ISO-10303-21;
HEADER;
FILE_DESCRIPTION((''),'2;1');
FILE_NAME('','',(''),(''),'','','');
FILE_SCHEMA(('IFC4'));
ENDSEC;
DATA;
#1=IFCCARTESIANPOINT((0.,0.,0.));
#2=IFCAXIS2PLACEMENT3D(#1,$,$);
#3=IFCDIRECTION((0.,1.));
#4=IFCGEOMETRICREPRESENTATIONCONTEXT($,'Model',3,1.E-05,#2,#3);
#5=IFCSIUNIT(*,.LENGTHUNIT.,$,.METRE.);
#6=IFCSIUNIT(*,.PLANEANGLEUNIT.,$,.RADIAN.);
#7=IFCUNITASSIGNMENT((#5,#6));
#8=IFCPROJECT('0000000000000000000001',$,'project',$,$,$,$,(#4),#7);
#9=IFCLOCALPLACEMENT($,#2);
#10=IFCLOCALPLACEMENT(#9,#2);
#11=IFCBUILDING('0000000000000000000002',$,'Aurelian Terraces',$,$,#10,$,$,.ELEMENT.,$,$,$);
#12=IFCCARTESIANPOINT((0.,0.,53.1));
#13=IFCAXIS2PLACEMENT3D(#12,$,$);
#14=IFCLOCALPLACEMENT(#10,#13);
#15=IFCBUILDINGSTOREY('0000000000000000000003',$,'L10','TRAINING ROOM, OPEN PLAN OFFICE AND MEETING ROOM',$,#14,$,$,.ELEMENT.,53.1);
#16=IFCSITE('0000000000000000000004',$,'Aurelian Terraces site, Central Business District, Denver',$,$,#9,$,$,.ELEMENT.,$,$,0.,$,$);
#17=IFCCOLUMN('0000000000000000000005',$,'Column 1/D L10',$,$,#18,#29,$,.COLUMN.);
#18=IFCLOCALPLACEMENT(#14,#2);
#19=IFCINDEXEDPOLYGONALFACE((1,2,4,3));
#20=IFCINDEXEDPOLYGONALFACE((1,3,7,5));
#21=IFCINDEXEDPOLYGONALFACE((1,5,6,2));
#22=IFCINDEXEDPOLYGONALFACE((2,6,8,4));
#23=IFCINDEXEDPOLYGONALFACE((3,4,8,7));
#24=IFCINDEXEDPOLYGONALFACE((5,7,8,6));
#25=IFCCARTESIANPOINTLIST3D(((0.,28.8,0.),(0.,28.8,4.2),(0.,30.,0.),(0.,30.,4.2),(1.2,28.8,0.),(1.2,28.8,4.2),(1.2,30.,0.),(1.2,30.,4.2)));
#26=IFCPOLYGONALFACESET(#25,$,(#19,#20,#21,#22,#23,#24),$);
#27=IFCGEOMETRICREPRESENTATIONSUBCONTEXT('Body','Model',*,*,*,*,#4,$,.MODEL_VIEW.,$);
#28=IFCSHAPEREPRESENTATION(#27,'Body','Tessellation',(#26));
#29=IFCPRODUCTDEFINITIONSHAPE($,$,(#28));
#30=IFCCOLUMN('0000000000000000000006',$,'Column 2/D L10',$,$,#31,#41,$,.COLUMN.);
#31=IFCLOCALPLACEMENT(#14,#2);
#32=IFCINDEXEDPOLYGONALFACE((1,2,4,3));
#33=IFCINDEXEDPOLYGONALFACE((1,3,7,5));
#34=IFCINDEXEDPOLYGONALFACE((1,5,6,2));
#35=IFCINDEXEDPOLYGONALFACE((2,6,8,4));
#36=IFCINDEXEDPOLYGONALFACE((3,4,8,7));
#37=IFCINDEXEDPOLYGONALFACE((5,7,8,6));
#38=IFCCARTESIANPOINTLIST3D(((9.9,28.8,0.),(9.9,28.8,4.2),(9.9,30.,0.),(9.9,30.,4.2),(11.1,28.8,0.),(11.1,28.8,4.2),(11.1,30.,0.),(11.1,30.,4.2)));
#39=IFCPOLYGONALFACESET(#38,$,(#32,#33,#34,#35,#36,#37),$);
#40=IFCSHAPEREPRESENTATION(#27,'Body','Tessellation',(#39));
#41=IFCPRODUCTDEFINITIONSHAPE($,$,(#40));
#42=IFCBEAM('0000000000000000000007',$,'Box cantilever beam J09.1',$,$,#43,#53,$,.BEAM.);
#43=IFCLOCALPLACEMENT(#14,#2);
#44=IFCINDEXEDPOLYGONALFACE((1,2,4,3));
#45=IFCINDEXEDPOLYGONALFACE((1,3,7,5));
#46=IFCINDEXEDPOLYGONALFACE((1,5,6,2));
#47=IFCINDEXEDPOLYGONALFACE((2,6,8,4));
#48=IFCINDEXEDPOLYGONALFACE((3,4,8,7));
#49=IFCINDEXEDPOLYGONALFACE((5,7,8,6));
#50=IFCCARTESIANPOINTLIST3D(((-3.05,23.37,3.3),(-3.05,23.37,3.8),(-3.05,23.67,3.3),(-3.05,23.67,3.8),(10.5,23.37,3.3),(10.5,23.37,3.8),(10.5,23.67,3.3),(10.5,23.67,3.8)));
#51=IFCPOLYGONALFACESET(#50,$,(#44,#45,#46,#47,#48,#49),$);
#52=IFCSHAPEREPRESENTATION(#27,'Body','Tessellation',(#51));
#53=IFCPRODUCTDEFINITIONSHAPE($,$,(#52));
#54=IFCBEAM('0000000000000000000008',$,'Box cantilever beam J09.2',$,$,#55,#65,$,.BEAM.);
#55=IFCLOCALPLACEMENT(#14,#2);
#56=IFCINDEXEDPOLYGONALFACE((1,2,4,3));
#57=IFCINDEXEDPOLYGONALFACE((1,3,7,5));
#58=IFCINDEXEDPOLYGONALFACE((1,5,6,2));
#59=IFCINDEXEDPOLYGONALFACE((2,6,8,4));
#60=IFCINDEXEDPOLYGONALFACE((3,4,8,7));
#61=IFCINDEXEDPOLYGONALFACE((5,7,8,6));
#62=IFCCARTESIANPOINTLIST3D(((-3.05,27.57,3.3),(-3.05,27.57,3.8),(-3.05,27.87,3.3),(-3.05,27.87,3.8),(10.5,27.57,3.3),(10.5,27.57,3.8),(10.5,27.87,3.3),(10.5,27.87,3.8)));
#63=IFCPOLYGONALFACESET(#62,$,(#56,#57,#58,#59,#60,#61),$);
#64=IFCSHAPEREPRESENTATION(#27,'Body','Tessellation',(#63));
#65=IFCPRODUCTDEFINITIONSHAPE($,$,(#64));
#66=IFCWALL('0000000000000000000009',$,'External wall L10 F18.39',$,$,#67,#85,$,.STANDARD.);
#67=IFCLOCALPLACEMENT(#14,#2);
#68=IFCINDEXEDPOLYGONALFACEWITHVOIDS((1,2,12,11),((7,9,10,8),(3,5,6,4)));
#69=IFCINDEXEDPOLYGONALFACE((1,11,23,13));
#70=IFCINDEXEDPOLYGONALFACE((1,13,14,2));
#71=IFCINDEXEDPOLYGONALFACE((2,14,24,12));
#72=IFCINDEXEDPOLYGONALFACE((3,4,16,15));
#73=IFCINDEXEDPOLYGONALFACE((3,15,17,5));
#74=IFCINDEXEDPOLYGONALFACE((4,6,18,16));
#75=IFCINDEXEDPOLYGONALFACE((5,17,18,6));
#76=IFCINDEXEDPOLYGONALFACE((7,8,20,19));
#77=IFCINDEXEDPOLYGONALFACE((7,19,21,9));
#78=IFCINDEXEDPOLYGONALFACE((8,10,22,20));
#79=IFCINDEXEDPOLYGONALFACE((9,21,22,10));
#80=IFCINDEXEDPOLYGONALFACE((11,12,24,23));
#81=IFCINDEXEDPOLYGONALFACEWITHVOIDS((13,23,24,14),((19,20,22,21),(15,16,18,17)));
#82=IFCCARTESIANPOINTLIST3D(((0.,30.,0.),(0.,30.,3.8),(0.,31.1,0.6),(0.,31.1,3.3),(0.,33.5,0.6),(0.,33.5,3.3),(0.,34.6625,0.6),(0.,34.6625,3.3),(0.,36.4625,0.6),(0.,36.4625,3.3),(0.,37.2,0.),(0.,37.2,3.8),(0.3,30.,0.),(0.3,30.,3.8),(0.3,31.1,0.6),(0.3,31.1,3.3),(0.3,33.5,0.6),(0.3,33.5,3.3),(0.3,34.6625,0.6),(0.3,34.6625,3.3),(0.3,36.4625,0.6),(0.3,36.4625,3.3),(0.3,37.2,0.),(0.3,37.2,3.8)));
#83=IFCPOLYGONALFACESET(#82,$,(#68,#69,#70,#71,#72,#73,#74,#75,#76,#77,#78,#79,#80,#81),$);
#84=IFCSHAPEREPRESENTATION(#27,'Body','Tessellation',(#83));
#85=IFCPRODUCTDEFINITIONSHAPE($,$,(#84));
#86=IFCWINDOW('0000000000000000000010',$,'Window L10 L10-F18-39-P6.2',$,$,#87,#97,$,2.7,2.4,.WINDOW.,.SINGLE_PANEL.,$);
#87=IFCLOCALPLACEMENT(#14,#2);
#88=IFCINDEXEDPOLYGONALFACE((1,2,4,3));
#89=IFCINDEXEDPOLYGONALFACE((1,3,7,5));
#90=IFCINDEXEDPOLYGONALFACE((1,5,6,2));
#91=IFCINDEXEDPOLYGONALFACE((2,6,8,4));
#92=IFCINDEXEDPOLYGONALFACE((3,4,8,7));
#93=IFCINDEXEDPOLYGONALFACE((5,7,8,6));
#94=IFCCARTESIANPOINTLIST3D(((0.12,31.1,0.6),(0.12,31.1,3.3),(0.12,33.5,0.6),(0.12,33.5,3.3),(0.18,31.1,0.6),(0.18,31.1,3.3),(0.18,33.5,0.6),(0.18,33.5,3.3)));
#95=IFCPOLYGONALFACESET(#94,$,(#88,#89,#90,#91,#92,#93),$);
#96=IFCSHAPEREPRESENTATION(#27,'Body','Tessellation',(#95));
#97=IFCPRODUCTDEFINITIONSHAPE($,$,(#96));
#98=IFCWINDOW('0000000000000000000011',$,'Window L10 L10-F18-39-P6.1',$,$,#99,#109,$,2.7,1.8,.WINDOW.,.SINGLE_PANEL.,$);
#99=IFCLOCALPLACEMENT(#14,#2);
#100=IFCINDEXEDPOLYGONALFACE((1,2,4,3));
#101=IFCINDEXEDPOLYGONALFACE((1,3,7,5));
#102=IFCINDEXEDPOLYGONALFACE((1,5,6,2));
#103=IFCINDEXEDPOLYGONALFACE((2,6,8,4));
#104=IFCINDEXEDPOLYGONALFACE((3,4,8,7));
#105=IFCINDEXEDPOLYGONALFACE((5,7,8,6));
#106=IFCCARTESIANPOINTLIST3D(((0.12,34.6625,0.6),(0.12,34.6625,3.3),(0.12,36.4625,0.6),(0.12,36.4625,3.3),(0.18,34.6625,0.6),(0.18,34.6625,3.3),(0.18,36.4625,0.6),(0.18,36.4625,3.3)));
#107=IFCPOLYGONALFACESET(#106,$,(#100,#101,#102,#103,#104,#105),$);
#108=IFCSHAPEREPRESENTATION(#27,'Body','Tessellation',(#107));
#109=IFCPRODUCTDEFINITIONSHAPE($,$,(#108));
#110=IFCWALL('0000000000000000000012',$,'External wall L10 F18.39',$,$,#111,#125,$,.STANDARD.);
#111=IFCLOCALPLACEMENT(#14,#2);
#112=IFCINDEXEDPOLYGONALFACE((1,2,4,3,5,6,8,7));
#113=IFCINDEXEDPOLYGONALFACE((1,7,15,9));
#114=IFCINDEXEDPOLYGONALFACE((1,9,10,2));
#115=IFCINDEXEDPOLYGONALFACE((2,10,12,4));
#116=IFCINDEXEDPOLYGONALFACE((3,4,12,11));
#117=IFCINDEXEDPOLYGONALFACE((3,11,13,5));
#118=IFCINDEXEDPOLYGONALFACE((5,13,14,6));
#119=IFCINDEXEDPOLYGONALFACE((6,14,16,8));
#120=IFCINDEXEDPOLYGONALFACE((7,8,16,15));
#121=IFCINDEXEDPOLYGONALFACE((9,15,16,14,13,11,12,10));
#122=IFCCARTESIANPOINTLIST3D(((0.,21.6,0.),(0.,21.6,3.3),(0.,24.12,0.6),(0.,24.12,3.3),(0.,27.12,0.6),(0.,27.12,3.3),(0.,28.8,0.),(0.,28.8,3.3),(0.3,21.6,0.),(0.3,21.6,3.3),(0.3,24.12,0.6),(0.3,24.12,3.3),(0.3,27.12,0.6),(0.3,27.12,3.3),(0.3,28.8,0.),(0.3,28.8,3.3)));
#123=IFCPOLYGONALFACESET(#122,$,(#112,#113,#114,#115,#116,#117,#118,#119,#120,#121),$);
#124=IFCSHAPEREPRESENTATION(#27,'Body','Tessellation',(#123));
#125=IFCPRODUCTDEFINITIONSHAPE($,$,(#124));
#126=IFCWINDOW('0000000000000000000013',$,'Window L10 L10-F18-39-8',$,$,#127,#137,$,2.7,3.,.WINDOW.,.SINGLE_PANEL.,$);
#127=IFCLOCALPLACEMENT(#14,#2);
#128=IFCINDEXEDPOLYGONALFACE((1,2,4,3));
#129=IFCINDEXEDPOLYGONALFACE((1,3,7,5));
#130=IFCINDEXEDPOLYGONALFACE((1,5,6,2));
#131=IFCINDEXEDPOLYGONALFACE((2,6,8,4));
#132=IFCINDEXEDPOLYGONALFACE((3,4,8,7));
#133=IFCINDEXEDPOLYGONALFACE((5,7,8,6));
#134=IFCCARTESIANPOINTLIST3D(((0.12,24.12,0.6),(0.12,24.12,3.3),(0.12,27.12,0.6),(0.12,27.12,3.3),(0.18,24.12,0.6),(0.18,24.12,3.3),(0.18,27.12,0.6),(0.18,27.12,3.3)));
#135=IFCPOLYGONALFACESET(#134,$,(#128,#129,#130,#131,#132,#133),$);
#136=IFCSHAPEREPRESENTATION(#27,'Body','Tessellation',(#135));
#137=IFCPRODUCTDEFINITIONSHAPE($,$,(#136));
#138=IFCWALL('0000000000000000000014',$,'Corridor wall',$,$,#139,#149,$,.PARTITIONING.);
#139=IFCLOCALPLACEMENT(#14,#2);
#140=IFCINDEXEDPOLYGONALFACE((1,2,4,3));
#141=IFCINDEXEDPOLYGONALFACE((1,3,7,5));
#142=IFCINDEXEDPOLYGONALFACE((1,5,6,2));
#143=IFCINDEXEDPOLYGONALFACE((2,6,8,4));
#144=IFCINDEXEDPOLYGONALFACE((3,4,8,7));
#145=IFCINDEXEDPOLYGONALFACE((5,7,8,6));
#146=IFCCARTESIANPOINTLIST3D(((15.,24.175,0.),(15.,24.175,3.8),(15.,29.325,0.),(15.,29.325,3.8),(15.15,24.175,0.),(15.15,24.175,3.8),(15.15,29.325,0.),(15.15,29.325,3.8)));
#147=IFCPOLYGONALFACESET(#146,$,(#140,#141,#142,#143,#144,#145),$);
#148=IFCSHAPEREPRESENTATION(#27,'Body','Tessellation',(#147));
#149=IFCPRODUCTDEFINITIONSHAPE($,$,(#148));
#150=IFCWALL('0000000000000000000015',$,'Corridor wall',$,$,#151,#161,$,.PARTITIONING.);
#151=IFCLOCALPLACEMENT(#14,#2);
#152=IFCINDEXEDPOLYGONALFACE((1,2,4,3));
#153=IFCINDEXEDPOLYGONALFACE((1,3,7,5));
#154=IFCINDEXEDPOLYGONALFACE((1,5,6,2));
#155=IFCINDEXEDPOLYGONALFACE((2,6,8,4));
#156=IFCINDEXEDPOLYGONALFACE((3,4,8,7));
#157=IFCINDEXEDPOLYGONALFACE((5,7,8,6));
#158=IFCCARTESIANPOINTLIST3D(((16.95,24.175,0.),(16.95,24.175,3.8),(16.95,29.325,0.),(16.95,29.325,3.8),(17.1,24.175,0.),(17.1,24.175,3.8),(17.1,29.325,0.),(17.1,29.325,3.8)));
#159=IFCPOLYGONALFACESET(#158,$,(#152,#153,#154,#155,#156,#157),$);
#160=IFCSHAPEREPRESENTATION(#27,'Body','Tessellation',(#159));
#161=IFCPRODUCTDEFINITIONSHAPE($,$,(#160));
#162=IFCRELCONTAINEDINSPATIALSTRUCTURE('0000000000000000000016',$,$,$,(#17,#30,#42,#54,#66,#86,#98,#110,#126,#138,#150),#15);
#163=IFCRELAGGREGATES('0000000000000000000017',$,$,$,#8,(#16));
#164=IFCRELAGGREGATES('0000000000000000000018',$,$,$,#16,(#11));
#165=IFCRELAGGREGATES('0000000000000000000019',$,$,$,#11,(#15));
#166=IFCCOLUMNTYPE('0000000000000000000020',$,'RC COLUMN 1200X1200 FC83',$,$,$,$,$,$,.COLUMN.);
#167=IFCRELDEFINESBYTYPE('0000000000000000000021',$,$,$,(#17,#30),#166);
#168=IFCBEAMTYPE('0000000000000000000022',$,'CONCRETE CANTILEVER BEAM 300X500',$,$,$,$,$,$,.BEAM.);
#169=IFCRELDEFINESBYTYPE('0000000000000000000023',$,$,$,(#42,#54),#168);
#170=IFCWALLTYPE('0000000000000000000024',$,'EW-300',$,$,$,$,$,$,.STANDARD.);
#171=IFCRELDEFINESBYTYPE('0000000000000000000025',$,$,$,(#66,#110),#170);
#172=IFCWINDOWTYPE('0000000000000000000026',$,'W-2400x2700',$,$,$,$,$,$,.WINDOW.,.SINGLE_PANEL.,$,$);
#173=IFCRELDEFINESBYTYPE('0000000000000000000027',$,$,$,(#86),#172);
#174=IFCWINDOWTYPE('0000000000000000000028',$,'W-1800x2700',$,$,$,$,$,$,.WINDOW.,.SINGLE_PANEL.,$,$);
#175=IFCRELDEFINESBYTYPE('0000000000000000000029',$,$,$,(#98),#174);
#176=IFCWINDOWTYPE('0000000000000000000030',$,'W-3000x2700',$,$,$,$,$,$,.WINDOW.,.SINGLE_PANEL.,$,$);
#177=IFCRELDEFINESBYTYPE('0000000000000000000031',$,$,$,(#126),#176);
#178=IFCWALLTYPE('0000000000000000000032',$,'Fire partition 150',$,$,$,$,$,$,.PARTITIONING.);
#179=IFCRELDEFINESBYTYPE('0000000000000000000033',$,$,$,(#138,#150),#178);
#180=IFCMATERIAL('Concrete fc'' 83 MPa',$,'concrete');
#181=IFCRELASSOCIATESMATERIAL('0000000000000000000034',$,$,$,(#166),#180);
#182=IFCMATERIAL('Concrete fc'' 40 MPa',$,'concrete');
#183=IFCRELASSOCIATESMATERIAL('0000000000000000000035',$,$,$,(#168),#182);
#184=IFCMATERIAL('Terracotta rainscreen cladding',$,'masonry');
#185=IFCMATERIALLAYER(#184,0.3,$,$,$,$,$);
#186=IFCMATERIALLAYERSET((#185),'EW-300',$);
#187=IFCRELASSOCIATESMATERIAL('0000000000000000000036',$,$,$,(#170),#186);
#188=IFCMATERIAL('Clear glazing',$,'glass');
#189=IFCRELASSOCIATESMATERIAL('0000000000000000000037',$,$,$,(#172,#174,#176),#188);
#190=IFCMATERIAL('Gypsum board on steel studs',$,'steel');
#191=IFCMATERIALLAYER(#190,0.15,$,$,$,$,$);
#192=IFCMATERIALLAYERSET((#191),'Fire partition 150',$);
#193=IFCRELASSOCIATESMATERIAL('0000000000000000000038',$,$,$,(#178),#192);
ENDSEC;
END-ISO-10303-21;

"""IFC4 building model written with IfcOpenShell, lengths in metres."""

from ifc_helpers import new_model, si_unit, direction, frame, frame_2d, origin, origin_2d, place, context, subcontext, project, spatial, rectangle, extrude, source, transform, mapped, material, layer, layer_set, material_profile, profile_set, type_object, element, fill, save


model = new_model("IFC4")

# Units and contexts
model_context = context("Model", 3, precision=1e-05, world=origin(), true_north=direction((0.0, 1.0)))
body_context = subcontext(model_context, "Body", "Model", "MODEL_VIEW")
ifc_project = project(units=[si_unit("LENGTHUNIT", "METRE"), si_unit("PLANEANGLEUNIT", "RADIAN")], contexts=[model_context])

# Site, building, storey
site_placement = place(None, origin())
site = spatial("IfcSite", under=ifc_project, at=site_placement, Name="Aurelian Terraces site, Central Business District, Denver", CompositionType="ELEMENT", RefElevation=0.0)
building_placement = place(site_placement, origin())
building = spatial("IfcBuilding", under=site, at=building_placement, Name="Aurelian Terraces", CompositionType="ELEMENT")
storey_placement = place(building_placement, frame((0.0, 0.0, 53.1)))
storey = spatial("IfcBuildingStorey", under=building, at=storey_placement, Name="L10", Description="TRAINING ROOM, OPEN PLAN OFFICE AND MEETING ROOM", CompositionType="ELEMENT", Elevation=53.1)

# Columns
ifc_material_1 = material(Name="Concrete fc' 83 MPa", Category="concrete")
ifc_material_profile_1 = material_profile(ifc_material_1, rectangle(XDim=1.2, YDim=1.2, at=origin_2d()))
ifc_profile_set_1 = profile_set([ifc_material_profile_1], Name="Concrete fc' 83 MPa")
column_type = type_object("IfcColumnType", Name="RC COLUMN 1200X1200 FC83", PredefinedType="COLUMN", material=ifc_profile_set_1)
shared_shape_1 = source(origin(), body_context, "Body", "SweptSolid", [
    extrude(rectangle(XDim=1.2, YDim=1.2, at=origin_2d()), origin(), (0.0, 0.0, 1.0), 4.2),
])
for number, where, z_axis, x_axis, name in (
    (1, (0.6, 29.4, 0.0), (0.0, 0.0, 1.0), (1.0, 0.0, 0.0), "Column 1/D L10"),
    (2, (10.5, 29.4, 0.0), (0.0, 0.0, 1.0), (1.0, 0.0, 0.0), "Column 2/D L10"),
):
    element("IfcColumn", number, at=place(storey_placement, frame(where, z_axis=z_axis, x_axis=x_axis)), inside=storey, type_object=column_type, Name=name, PredefinedType="COLUMN", context=body_context, shape_type="MappedRepresentation", body=[
        mapped(shared_shape_1, transform((0.0, 0.0, 0.0), scale=1.0)),
    ])

# Beams
ifc_material_2 = material(Name="Concrete fc' 40 MPa", Category="concrete")
ifc_material_profile_2 = material_profile(ifc_material_2, rectangle(XDim=0.3, YDim=0.5, at=origin_2d()))
ifc_profile_set_2 = profile_set([ifc_material_profile_2], Name="Concrete fc' 40 MPa")
beam_type = type_object("IfcBeamType", Name="CONCRETE CANTILEVER BEAM 300X500", PredefinedType="BEAM", material=ifc_profile_set_2)
shared_shape_2 = source(origin(), body_context, "Body", "SweptSolid", [
    extrude(rectangle(XDim=0.3, YDim=0.5, at=origin_2d()), origin(), (0.0, 0.0, 1.0), 13.55),
])
for number, where, z_axis, x_axis, name in (
    (3, (-3.05, 23.52, 3.55), (1.0, 0.0, 0.0), (0.0, 1.0, 0.0), "Box cantilever beam J09.1"),
    (4, (-3.05, 27.72, 3.55), (1.0, 0.0, 0.0), (0.0, 1.0, 0.0), "Box cantilever beam J09.2"),
):
    element("IfcBeam", number, at=place(storey_placement, frame(where, z_axis=z_axis, x_axis=x_axis)), inside=storey, type_object=beam_type, Name=name, PredefinedType="BEAM", context=body_context, shape_type="MappedRepresentation", body=[
        mapped(shared_shape_2, transform((0.0, 0.0, 0.0), scale=1.0)),
    ])

# Wall, openings, windows
ifc_material_3 = material(Name="Terracotta rainscreen cladding", Category="masonry")
ifc_layer_1 = layer(ifc_material_3, 0.3)
ifc_layer_set_1 = layer_set([ifc_layer_1], Name="EW-300")
wall_type_1 = type_object("IfcWallType", Name="EW-300", PredefinedType="STANDARD", material=ifc_layer_set_1)
shared_shape_3 = source(origin(), body_context, "Body", "SweptSolid", [
    extrude(rectangle(XDim=7.2, YDim=0.3, at=frame_2d((3.6, 0.0))), origin(), (0.0, 0.0, 1.0), 3.8),
])
wall_1_placement = place(storey_placement, frame((0.15, 37.2, 0.0), z_axis=(0.0, 0.0, 1.0), x_axis=(0.0, -1.0, 0.0)))
wall_1 = element("IfcWall", 5, at=wall_1_placement, inside=storey, type_object=wall_type_1, Name="External wall L10 F18.39", PredefinedType="STANDARD", context=body_context, shape_type="MappedRepresentation", body=[
    mapped(shared_shape_3, transform((0.0, 0.0, 0.0), scale=1.0)),
])
shared_shape_4 = source(origin(), body_context, "Body", "SweptSolid", [
    extrude(rectangle(XDim=1.8, YDim=2.7, at=frame_2d((0.9, 1.35))), frame((0.0, 0.16, 0.0), z_axis=(0.0, -1.0, 0.0), x_axis=(1.0, 0.0, 0.0)), (0.0, 0.0, 1.0), 0.32),
])
opening_1_placement = place(wall_1_placement, frame((0.7375, 0.0, 0.6)))
opening_1 = element("IfcOpeningElement", 6, at=opening_1_placement, cuts=wall_1, PredefinedType="OPENING", context=body_context, shape_type="MappedRepresentation", body=[
    mapped(shared_shape_4, transform((0.0, 0.0, 0.0), scale=1.0)),
])
shared_shape_5 = source(origin(), body_context, "Body", "SweptSolid", [
    extrude(rectangle(XDim=2.4, YDim=2.7, at=frame_2d((1.2, 1.35))), frame((0.0, 0.16, 0.0), z_axis=(0.0, -1.0, 0.0), x_axis=(1.0, 0.0, 0.0)), (0.0, 0.0, 1.0), 0.32),
])
opening_2_placement = place(wall_1_placement, frame((3.7, 0.0, 0.6)))
opening_2 = element("IfcOpeningElement", 7, at=opening_2_placement, cuts=wall_1, PredefinedType="OPENING", context=body_context, shape_type="MappedRepresentation", body=[
    mapped(shared_shape_5, transform((0.0, 0.0, 0.0), scale=1.0)),
])
ifc_material_4 = material(Name="Clear glazing", Category="glass")
window_type_1 = type_object("IfcWindowType", Name="W-2400x2700", PartitioningType="SINGLE_PANEL", PredefinedType="WINDOW", material=ifc_material_4)
shared_shape_6 = source(origin(), body_context, "Body", "SweptSolid", [
    extrude(rectangle(XDim=2.4, YDim=2.7, at=frame_2d((1.2, 1.35))), frame((0.0, 0.03, 0.0), z_axis=(0.0, -1.0, 0.0), x_axis=(1.0, 0.0, 0.0)), (0.0, 0.0, 1.0), 0.06),
])
window_1_placement = place(opening_2_placement, origin())
window_1 = element("IfcWindow", 8, at=window_1_placement, inside=storey, type_object=window_type_1, Name="Window L10 L10-F18-39-P6.2", OverallHeight=2.7, OverallWidth=2.4, PartitioningType="SINGLE_PANEL", PredefinedType="WINDOW", context=body_context, shape_type="MappedRepresentation", body=[
    mapped(shared_shape_6, transform((0.0, 0.0, 0.0), scale=1.0)),
])
fill(opening_2, window_1)
window_type_2 = type_object("IfcWindowType", Name="W-1800x2700", PartitioningType="SINGLE_PANEL", PredefinedType="WINDOW", material=ifc_material_4)
shared_shape_7 = source(origin(), body_context, "Body", "SweptSolid", [
    extrude(rectangle(XDim=1.8, YDim=2.7, at=frame_2d((0.9, 1.35))), frame((0.0, 0.03, 0.0), z_axis=(0.0, -1.0, 0.0), x_axis=(1.0, 0.0, 0.0)), (0.0, 0.0, 1.0), 0.06),
])
window_2_placement = place(opening_1_placement, origin())
window_2 = element("IfcWindow", 9, at=window_2_placement, inside=storey, type_object=window_type_2, Name="Window L10 L10-F18-39-P6.1", OverallHeight=2.7, OverallWidth=1.8, PartitioningType="SINGLE_PANEL", PredefinedType="WINDOW", context=body_context, shape_type="MappedRepresentation", body=[
    mapped(shared_shape_7, transform((0.0, 0.0, 0.0), scale=1.0)),
])
fill(opening_1, window_2)

# Wall, opening, window
shared_shape_8 = source(origin(), body_context, "Body", "SweptSolid", [
    extrude(rectangle(XDim=7.2, YDim=0.3, at=frame_2d((3.6, 0.0))), origin(), (0.0, 0.0, 1.0), 3.3),
])
wall_2_placement = place(storey_placement, frame((0.15, 28.8, 0.0), z_axis=(0.0, 0.0, 1.0), x_axis=(0.0, -1.0, 0.0)))
wall_2 = element("IfcWall", 10, at=wall_2_placement, inside=storey, type_object=wall_type_1, Name="External wall L10 F18.39", PredefinedType="STANDARD", context=body_context, shape_type="MappedRepresentation", body=[
    mapped(shared_shape_8, transform((0.0, 0.0, 0.0), scale=1.0)),
])
shared_shape_9 = source(origin(), body_context, "Body", "SweptSolid", [
    extrude(rectangle(XDim=3.0, YDim=2.7, at=frame_2d((1.5, 1.35))), frame((0.0, 0.16, 0.0), z_axis=(0.0, -1.0, 0.0), x_axis=(1.0, 0.0, 0.0)), (0.0, 0.0, 1.0), 0.32),
])
opening_3_placement = place(wall_2_placement, frame((1.68, 0.0, 0.6)))
opening_3 = element("IfcOpeningElement", 11, at=opening_3_placement, cuts=wall_2, PredefinedType="OPENING", context=body_context, shape_type="MappedRepresentation", body=[
    mapped(shared_shape_9, transform((0.0, 0.0, 0.0), scale=1.0)),
])
window_type_3 = type_object("IfcWindowType", Name="W-3000x2700", PartitioningType="SINGLE_PANEL", PredefinedType="WINDOW", material=ifc_material_4)
shared_shape_10 = source(origin(), body_context, "Body", "SweptSolid", [
    extrude(rectangle(XDim=3.0, YDim=2.7, at=frame_2d((1.5, 1.35))), frame((0.0, 0.03, 0.0), z_axis=(0.0, -1.0, 0.0), x_axis=(1.0, 0.0, 0.0)), (0.0, 0.0, 1.0), 0.06),
])
window_3_placement = place(opening_3_placement, origin())
window_3 = element("IfcWindow", 12, at=window_3_placement, inside=storey, type_object=window_type_3, Name="Window L10 L10-F18-39-8", OverallHeight=2.7, OverallWidth=3.0, PartitioningType="SINGLE_PANEL", PredefinedType="WINDOW", context=body_context, shape_type="MappedRepresentation", body=[
    mapped(shared_shape_10, transform((0.0, 0.0, 0.0), scale=1.0)),
])
fill(opening_3, window_3)

# Walls
ifc_material_5 = material(Name="Gypsum board on steel studs", Category="steel")
ifc_layer_2 = layer(ifc_material_5, 0.15)
ifc_layer_set_2 = layer_set([ifc_layer_2], Name="Fire partition 150")
wall_type_2 = type_object("IfcWallType", Name="Fire partition 150", PredefinedType="PARTITIONING", material=ifc_layer_set_2)
shared_shape_11 = source(origin(), body_context, "Body", "SweptSolid", [
    extrude(rectangle(XDim=5.15, YDim=0.15, at=frame_2d((2.575, 0.0))), origin(), (0.0, 0.0, 1.0), 3.8),
])
for number, where, z_axis, x_axis, name in (
    (13, (15.075, 24.175, 0.0), (0.0, 0.0, 1.0), (0.0, 1.0, 0.0), "Corridor wall"),
    (14, (17.025, 29.325, 0.0), (0.0, 0.0, 1.0), (0.0, -1.0, 0.0), "Corridor wall"),
):
    element("IfcWall", number, at=place(storey_placement, frame(where, z_axis=z_axis, x_axis=x_axis)), inside=storey, type_object=wall_type_2, Name=name, PredefinedType="PARTITIONING", context=body_context, shape_type="MappedRepresentation", body=[
        mapped(shared_shape_11, transform((0.0, 0.0, 0.0), scale=1.0)),
    ])

save(model, "model.ifc")
